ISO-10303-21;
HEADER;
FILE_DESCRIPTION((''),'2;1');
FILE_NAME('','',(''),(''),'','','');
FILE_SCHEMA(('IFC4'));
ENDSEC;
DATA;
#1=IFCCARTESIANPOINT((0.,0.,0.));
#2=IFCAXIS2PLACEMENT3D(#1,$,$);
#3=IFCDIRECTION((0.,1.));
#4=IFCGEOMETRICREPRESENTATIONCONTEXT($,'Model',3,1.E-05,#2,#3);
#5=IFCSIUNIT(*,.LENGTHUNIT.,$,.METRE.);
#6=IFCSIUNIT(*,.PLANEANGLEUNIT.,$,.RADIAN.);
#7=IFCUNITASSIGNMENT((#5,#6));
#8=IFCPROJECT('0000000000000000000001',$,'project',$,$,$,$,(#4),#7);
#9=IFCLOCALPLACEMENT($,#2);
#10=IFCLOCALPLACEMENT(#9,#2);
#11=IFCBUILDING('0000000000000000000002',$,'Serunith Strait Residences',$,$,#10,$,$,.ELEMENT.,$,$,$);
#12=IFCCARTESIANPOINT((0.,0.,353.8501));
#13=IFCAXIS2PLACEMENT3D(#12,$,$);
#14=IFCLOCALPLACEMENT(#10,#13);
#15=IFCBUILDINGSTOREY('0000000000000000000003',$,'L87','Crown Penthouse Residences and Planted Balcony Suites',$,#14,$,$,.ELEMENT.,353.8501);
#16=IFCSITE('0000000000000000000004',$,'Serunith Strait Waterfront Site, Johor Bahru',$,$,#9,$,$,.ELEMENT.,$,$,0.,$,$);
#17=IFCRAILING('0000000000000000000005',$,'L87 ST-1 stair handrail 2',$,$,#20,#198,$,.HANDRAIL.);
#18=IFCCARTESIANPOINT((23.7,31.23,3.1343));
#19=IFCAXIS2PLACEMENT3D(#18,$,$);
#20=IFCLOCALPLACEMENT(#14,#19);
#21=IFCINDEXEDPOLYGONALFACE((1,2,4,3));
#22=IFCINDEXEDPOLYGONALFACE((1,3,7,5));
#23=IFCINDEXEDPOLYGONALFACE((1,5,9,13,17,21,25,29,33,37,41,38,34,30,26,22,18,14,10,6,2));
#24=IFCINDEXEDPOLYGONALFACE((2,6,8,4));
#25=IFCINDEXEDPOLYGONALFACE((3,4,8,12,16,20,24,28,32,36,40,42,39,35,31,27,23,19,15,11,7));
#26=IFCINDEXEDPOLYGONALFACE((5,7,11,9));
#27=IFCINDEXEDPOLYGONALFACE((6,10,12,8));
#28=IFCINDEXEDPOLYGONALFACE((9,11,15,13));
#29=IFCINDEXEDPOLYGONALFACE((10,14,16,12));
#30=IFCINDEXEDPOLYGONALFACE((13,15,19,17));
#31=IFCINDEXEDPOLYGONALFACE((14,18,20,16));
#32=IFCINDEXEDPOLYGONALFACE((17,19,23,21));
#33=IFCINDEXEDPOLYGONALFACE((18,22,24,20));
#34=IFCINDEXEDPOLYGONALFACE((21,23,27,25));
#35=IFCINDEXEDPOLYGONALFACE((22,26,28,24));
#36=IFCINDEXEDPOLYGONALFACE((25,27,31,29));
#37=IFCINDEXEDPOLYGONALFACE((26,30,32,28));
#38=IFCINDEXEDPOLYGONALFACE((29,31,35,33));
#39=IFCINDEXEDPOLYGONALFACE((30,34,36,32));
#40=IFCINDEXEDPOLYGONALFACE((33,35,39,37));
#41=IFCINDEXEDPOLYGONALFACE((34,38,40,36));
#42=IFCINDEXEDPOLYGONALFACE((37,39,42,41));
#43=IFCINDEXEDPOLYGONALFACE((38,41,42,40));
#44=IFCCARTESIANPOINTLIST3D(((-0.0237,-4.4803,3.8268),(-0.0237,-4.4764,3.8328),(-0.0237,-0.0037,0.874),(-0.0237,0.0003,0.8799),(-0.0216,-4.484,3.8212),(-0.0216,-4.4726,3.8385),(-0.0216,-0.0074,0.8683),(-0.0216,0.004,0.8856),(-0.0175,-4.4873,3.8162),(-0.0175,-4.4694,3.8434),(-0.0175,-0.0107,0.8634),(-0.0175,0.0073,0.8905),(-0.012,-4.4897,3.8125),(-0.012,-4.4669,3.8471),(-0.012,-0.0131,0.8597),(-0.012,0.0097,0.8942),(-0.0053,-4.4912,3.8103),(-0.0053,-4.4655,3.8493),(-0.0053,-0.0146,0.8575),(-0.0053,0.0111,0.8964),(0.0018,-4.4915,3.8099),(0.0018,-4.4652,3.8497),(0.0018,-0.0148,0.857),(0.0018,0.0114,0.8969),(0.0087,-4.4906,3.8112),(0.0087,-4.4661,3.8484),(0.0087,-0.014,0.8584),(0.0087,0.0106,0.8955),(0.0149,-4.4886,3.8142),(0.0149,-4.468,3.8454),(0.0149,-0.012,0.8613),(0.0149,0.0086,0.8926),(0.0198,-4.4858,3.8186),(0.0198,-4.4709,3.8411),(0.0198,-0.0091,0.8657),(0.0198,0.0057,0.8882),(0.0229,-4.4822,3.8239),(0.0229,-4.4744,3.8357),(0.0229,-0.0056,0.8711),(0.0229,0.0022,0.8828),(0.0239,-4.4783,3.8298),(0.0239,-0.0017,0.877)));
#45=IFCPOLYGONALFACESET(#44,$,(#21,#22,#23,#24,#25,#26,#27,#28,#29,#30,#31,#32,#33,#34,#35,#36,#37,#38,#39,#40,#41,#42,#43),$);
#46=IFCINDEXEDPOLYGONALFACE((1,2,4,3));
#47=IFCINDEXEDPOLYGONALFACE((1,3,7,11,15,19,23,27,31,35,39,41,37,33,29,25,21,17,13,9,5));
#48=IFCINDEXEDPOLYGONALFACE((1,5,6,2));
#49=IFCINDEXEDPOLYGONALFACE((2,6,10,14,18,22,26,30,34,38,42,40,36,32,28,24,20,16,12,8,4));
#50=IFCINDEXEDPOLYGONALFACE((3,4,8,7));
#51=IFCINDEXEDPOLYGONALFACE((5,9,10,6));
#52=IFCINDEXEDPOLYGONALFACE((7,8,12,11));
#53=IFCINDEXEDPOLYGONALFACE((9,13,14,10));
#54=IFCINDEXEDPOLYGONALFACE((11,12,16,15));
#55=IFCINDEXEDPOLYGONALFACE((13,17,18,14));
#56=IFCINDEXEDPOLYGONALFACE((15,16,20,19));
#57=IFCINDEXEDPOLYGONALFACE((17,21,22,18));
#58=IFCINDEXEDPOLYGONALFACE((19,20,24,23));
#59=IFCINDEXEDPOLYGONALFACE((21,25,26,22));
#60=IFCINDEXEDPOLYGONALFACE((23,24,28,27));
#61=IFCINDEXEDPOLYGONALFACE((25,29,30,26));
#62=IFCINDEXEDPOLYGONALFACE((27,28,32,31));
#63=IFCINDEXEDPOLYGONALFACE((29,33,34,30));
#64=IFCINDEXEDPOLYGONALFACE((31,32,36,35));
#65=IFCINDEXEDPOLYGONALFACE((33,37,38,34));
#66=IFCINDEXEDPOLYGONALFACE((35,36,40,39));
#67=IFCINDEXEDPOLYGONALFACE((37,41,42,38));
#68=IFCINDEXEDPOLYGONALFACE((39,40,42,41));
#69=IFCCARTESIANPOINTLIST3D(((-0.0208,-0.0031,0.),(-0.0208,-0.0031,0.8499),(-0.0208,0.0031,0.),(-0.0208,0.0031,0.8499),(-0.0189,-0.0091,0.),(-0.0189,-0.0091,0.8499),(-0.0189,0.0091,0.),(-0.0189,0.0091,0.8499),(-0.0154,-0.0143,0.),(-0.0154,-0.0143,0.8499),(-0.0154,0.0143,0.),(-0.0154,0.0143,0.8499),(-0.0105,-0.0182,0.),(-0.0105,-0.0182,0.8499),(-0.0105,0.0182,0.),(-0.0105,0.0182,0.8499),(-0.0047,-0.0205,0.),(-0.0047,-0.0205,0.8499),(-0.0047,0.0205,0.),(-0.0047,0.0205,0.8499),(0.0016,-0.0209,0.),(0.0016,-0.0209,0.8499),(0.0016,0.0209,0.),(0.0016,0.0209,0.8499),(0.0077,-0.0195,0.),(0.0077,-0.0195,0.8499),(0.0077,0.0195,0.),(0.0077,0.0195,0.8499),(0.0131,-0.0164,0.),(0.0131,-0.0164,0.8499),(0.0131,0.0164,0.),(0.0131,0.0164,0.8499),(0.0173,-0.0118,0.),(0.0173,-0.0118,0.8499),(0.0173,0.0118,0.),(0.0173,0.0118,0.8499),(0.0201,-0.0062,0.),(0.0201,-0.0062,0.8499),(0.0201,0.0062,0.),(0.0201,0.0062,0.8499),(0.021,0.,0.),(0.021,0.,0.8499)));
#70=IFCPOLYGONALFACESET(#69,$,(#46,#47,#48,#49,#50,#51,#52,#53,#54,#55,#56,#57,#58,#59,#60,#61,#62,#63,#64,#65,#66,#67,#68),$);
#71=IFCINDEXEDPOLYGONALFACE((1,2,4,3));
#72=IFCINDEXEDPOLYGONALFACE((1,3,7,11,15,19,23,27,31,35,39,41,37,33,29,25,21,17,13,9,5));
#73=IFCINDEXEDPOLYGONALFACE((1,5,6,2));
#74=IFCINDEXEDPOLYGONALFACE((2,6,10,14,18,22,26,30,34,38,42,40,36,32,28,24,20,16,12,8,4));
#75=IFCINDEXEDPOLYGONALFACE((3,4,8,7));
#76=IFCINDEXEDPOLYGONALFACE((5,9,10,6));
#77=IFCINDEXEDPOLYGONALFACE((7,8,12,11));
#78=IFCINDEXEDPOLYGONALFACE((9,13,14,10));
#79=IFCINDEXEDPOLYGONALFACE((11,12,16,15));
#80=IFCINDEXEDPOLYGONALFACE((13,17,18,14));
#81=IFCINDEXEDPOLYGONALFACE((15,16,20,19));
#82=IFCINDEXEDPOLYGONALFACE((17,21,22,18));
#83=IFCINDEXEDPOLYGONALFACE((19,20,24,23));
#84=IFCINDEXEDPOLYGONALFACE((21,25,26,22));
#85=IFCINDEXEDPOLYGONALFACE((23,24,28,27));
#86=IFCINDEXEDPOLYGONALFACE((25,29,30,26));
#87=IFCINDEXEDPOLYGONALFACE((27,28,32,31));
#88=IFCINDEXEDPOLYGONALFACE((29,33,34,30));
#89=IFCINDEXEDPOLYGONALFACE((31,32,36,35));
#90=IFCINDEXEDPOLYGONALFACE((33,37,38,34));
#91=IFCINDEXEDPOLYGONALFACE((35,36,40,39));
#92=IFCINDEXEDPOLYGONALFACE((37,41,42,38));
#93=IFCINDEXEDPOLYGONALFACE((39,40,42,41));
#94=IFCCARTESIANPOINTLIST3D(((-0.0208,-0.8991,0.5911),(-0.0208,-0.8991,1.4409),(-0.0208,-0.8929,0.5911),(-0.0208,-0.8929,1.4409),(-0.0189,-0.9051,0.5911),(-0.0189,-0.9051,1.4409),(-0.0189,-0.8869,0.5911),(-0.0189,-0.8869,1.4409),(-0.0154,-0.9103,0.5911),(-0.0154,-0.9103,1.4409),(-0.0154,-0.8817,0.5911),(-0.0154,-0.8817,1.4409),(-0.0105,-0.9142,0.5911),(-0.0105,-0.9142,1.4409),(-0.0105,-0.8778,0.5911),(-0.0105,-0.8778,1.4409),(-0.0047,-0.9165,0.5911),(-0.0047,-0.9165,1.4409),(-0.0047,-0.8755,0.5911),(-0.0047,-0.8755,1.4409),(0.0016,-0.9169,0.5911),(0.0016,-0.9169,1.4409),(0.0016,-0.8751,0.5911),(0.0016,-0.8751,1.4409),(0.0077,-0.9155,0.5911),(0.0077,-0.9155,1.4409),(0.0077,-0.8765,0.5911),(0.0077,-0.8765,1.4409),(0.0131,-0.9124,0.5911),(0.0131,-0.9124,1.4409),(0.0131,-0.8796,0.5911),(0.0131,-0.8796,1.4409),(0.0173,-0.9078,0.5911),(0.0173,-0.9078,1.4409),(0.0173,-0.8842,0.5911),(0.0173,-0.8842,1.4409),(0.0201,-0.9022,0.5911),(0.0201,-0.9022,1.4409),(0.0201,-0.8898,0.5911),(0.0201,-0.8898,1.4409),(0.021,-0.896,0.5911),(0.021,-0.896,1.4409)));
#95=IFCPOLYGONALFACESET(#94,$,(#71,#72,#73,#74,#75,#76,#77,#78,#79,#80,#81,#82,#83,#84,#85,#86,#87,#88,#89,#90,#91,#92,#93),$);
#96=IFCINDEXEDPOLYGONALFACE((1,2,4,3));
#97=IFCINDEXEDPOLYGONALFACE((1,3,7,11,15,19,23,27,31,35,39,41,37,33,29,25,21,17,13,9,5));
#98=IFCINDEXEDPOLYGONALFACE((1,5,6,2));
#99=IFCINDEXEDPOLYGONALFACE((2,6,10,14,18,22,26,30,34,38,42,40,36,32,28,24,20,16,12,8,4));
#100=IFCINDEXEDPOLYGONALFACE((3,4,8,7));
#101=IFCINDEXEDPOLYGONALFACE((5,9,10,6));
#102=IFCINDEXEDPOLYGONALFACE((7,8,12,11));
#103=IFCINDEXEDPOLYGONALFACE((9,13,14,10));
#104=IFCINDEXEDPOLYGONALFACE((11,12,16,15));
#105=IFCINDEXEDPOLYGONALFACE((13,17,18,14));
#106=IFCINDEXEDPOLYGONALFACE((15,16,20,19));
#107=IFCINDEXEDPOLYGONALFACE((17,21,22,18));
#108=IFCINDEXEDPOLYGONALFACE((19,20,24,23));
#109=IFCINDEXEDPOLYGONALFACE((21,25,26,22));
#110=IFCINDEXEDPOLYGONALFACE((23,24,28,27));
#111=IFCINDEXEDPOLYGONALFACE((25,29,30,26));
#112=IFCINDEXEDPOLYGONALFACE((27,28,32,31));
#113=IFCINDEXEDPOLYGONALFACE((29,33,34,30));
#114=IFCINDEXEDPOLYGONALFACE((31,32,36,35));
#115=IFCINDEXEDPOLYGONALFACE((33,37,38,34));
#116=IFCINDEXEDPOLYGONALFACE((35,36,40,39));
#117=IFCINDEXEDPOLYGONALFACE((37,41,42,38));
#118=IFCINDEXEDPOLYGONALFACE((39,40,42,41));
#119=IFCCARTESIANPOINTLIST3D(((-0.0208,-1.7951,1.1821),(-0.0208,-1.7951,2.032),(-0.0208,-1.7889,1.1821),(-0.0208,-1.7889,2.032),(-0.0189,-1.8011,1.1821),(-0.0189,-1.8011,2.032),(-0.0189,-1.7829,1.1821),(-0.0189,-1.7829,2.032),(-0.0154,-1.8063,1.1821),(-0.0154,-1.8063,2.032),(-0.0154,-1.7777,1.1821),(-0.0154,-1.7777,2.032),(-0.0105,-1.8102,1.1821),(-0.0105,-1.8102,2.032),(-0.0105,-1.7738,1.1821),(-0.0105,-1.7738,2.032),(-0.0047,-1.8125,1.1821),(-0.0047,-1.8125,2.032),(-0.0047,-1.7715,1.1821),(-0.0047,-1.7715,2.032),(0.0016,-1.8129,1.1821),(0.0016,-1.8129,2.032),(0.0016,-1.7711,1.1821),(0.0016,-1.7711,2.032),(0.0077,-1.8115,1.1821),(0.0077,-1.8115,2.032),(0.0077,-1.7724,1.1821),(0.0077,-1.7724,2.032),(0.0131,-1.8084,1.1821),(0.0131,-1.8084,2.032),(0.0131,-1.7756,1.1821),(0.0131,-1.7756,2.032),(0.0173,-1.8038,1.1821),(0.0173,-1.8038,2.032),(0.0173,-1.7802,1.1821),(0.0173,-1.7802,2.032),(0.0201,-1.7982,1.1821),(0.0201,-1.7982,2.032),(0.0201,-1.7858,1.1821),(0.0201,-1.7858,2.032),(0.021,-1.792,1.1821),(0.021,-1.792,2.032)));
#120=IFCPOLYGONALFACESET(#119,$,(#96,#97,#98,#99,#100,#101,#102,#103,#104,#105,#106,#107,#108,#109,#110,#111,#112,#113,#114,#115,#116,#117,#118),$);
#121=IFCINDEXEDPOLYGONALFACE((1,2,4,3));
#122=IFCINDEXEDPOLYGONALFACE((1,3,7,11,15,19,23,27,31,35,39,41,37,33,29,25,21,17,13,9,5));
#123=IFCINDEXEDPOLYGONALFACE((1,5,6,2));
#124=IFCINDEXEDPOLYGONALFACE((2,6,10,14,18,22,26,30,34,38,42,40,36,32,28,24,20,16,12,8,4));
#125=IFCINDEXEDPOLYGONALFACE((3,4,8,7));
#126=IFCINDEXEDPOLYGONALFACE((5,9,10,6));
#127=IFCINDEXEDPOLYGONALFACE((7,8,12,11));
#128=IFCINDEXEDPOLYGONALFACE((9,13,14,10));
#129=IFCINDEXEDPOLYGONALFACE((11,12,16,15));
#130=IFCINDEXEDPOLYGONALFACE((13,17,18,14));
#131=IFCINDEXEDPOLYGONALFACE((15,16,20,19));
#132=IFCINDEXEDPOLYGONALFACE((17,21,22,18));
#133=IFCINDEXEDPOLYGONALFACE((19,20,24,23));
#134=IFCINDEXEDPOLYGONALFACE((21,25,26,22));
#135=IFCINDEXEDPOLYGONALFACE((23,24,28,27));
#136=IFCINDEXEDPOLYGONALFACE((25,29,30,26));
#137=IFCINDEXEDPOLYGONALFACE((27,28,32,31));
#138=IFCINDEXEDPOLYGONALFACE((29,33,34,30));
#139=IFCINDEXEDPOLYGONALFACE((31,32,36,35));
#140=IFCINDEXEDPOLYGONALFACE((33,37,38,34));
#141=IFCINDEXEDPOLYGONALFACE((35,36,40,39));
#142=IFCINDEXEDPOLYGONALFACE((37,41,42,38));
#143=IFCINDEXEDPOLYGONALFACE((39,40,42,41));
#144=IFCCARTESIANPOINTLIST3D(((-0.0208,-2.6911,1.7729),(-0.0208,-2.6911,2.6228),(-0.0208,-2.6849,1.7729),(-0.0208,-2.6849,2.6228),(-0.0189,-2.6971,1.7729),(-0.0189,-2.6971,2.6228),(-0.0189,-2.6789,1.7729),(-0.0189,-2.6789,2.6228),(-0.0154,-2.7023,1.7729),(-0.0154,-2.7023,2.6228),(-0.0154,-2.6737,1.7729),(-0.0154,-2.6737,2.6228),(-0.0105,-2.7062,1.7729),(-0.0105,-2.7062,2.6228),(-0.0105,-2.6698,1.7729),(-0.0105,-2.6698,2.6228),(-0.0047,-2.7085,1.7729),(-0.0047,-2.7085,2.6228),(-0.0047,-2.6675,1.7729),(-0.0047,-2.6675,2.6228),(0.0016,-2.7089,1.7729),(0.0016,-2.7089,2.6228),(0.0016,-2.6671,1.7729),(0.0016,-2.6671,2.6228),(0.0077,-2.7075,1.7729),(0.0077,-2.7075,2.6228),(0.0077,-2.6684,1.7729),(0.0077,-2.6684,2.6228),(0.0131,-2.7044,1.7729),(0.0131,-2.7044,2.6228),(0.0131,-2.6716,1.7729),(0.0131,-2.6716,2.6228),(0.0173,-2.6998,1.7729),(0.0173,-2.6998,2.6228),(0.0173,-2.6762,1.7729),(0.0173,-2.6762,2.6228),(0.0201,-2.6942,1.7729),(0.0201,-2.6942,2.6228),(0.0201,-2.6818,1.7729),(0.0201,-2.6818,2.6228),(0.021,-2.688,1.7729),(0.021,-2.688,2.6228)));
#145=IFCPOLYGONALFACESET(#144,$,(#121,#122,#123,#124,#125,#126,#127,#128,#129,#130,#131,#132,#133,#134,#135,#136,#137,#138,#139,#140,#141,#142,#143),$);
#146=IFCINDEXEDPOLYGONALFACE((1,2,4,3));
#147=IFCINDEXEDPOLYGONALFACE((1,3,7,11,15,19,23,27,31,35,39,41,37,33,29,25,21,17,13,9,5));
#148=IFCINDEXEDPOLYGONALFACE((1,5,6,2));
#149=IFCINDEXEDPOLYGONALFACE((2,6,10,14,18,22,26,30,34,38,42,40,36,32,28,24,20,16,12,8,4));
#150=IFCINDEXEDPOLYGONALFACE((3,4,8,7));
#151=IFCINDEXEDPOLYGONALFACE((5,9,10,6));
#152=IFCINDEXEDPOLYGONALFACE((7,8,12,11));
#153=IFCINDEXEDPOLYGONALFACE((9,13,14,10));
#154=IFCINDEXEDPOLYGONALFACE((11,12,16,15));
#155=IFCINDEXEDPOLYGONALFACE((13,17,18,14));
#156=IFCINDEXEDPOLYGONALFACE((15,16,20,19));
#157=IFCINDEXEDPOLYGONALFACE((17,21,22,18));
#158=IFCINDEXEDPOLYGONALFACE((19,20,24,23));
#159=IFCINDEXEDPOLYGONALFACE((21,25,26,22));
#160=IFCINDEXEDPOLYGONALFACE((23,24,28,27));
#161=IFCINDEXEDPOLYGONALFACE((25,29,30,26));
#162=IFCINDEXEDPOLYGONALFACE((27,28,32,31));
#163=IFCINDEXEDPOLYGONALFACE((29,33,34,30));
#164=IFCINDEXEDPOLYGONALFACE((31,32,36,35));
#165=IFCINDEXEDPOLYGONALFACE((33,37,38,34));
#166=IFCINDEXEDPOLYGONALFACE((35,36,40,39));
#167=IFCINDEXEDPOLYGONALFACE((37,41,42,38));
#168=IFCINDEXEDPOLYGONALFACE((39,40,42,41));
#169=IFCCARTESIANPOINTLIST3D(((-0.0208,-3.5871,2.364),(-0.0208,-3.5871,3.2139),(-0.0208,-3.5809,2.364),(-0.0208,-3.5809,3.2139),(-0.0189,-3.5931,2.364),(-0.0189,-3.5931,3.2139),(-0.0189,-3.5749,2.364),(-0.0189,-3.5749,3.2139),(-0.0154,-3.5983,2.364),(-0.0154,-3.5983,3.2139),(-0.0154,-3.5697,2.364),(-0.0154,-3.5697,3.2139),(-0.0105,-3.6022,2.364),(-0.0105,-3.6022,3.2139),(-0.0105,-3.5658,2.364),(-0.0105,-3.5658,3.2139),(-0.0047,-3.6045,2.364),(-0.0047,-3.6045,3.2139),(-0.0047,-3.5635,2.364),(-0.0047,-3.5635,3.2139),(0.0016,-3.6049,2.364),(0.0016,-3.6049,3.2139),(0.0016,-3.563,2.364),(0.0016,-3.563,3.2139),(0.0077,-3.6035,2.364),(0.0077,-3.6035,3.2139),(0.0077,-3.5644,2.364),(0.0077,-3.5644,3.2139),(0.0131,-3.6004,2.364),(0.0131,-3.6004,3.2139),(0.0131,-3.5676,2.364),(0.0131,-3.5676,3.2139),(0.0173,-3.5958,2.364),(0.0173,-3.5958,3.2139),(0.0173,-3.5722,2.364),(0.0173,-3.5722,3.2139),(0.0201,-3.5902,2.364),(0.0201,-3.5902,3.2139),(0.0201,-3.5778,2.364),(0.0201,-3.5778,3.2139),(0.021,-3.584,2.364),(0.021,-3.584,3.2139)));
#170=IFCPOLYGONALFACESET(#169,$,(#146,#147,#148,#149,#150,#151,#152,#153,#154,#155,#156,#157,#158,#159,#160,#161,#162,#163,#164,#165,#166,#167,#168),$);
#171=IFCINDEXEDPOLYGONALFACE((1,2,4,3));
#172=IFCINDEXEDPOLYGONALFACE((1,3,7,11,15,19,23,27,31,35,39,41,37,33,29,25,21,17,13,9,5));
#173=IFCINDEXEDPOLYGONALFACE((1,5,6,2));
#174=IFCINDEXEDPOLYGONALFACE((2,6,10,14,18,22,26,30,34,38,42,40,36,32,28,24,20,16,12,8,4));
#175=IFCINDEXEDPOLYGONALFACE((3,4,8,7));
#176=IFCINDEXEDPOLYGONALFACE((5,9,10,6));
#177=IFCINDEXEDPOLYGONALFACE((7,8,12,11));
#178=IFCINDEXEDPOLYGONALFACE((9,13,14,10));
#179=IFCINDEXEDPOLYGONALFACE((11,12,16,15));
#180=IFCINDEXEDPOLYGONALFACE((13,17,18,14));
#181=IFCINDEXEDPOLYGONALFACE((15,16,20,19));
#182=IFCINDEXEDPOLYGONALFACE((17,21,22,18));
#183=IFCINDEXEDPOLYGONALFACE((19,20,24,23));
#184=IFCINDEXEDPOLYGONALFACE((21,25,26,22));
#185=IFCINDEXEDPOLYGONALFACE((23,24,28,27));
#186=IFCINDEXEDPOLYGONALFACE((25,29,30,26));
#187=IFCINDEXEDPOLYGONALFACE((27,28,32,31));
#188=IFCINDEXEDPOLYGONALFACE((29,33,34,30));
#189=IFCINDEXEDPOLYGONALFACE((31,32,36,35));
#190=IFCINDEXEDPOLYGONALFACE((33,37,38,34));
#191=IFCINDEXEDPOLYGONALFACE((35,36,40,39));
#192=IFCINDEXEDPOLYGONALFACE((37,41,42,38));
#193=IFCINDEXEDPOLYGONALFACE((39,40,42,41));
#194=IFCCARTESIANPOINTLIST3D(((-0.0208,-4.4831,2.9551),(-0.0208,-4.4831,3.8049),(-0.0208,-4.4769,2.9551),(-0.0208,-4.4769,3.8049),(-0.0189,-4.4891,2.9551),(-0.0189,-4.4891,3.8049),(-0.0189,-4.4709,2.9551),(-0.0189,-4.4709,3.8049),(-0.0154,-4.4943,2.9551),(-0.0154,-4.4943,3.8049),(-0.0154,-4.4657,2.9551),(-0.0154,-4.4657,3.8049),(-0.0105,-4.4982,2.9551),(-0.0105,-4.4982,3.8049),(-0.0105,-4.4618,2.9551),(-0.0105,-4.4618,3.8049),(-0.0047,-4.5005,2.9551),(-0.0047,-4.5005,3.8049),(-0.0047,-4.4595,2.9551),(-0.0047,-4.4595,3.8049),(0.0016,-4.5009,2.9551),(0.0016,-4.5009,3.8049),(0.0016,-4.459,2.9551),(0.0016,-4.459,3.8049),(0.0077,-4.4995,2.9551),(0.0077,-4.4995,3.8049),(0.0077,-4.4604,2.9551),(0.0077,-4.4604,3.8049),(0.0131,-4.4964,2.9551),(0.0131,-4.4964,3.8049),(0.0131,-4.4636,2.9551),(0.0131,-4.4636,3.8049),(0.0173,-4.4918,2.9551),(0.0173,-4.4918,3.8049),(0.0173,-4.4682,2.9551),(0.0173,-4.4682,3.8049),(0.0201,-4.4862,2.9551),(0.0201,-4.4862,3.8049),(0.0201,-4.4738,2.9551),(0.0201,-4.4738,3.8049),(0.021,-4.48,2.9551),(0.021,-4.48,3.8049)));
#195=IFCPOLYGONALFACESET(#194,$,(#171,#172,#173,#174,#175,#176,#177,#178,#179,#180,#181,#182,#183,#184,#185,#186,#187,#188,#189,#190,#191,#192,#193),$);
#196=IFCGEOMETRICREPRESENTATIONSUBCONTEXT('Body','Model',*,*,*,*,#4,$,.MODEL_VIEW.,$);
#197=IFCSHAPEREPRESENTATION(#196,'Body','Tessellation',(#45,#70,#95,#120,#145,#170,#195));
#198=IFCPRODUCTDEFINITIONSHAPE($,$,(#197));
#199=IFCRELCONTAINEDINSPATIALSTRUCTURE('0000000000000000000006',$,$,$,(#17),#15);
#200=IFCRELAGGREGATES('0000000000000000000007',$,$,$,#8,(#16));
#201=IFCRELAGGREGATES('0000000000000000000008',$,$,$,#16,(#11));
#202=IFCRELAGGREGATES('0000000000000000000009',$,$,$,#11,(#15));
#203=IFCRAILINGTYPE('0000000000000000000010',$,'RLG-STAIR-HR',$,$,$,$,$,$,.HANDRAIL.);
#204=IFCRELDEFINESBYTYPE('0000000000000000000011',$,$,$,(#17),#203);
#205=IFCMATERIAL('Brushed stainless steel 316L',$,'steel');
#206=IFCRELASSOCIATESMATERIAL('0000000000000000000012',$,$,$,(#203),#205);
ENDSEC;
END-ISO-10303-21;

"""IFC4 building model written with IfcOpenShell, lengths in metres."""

from ifc_helpers import new_model, si_unit, direction, frame, origin, origin_2d, place, context, subcontext, project, spatial, circle, extrude, material, type_object, element, save


model = new_model("IFC4")

# Units and contexts
model_context = context("Model", 3, precision=1e-05, world=origin(), true_north=direction((0.0, 1.0)))
body_context = subcontext(model_context, "Body", "Model", "MODEL_VIEW")
ifc_project = project(units=[si_unit("LENGTHUNIT", "METRE"), si_unit("PLANEANGLEUNIT", "RADIAN")], contexts=[model_context])

# Site, building, storey
site_placement = place(None, origin())
site = spatial("IfcSite", under=ifc_project, at=site_placement, Name="Serunith Strait Waterfront Site, Johor Bahru", CompositionType="ELEMENT", RefElevation=0.0)
building_placement = place(site_placement, origin())
building = spatial("IfcBuilding", under=site, at=building_placement, Name="Serunith Strait Residences", CompositionType="ELEMENT")
storey_placement = place(building_placement, frame((0.0, 0.0, 353.8501)))
storey = spatial("IfcBuildingStorey", under=building, at=storey_placement, Name="L87", Description="Crown Penthouse Residences and Planted Balcony Suites", CompositionType="ELEMENT", Elevation=353.8501)

# Railing
ifc_material_1 = material(Name="Brushed stainless steel 316L", Category="steel")
railing_type_1 = type_object("IfcRailingType", Name="RLG-STAIR-HR", PredefinedType="HANDRAIL", material=ifc_material_1)
railing_1_placement = place(storey_placement, frame((23.7, 31.23, 3.1343)))
element("IfcRailing", 1, at=railing_1_placement, inside=storey, type_object=railing_type_1, Name="L87 ST-1 stair handrail 2", PredefinedType="HANDRAIL", context=body_context, shape_type="SweptSolid", body=[
    extrude(circle(Radius=0.0239, at=origin_2d()), frame((0.0, -0.0017, 0.877), z_axis=(0.0, -0.834756, 0.55062), x_axis=(1.0, 0.0, 0.0)), (0.0, 0.0, 1.0), 5.3628),
    extrude(circle(Radius=0.021, at=origin_2d()), origin(), (0.0, 0.0, 1.0), 0.8499),
    extrude(circle(Radius=0.021, at=origin_2d()), frame((0.0, -0.896, 0.5911)), (0.0, 0.0, 1.0), 0.8499),
    extrude(circle(Radius=0.021, at=origin_2d()), frame((0.0, -1.792, 1.1821)), (0.0, 0.0, 1.0), 0.8499),
    extrude(circle(Radius=0.021, at=origin_2d()), frame((0.0, -2.688, 1.7729)), (0.0, 0.0, 1.0), 0.8499),
    extrude(circle(Radius=0.021, at=origin_2d()), frame((0.0, -3.584, 2.364)), (0.0, 0.0, 1.0), 0.8499),
    extrude(circle(Radius=0.021, at=origin_2d()), frame((0.0, -4.48, 2.9551)), (0.0, 0.0, 1.0), 0.8499),
])

save(model, "model.ifc")
